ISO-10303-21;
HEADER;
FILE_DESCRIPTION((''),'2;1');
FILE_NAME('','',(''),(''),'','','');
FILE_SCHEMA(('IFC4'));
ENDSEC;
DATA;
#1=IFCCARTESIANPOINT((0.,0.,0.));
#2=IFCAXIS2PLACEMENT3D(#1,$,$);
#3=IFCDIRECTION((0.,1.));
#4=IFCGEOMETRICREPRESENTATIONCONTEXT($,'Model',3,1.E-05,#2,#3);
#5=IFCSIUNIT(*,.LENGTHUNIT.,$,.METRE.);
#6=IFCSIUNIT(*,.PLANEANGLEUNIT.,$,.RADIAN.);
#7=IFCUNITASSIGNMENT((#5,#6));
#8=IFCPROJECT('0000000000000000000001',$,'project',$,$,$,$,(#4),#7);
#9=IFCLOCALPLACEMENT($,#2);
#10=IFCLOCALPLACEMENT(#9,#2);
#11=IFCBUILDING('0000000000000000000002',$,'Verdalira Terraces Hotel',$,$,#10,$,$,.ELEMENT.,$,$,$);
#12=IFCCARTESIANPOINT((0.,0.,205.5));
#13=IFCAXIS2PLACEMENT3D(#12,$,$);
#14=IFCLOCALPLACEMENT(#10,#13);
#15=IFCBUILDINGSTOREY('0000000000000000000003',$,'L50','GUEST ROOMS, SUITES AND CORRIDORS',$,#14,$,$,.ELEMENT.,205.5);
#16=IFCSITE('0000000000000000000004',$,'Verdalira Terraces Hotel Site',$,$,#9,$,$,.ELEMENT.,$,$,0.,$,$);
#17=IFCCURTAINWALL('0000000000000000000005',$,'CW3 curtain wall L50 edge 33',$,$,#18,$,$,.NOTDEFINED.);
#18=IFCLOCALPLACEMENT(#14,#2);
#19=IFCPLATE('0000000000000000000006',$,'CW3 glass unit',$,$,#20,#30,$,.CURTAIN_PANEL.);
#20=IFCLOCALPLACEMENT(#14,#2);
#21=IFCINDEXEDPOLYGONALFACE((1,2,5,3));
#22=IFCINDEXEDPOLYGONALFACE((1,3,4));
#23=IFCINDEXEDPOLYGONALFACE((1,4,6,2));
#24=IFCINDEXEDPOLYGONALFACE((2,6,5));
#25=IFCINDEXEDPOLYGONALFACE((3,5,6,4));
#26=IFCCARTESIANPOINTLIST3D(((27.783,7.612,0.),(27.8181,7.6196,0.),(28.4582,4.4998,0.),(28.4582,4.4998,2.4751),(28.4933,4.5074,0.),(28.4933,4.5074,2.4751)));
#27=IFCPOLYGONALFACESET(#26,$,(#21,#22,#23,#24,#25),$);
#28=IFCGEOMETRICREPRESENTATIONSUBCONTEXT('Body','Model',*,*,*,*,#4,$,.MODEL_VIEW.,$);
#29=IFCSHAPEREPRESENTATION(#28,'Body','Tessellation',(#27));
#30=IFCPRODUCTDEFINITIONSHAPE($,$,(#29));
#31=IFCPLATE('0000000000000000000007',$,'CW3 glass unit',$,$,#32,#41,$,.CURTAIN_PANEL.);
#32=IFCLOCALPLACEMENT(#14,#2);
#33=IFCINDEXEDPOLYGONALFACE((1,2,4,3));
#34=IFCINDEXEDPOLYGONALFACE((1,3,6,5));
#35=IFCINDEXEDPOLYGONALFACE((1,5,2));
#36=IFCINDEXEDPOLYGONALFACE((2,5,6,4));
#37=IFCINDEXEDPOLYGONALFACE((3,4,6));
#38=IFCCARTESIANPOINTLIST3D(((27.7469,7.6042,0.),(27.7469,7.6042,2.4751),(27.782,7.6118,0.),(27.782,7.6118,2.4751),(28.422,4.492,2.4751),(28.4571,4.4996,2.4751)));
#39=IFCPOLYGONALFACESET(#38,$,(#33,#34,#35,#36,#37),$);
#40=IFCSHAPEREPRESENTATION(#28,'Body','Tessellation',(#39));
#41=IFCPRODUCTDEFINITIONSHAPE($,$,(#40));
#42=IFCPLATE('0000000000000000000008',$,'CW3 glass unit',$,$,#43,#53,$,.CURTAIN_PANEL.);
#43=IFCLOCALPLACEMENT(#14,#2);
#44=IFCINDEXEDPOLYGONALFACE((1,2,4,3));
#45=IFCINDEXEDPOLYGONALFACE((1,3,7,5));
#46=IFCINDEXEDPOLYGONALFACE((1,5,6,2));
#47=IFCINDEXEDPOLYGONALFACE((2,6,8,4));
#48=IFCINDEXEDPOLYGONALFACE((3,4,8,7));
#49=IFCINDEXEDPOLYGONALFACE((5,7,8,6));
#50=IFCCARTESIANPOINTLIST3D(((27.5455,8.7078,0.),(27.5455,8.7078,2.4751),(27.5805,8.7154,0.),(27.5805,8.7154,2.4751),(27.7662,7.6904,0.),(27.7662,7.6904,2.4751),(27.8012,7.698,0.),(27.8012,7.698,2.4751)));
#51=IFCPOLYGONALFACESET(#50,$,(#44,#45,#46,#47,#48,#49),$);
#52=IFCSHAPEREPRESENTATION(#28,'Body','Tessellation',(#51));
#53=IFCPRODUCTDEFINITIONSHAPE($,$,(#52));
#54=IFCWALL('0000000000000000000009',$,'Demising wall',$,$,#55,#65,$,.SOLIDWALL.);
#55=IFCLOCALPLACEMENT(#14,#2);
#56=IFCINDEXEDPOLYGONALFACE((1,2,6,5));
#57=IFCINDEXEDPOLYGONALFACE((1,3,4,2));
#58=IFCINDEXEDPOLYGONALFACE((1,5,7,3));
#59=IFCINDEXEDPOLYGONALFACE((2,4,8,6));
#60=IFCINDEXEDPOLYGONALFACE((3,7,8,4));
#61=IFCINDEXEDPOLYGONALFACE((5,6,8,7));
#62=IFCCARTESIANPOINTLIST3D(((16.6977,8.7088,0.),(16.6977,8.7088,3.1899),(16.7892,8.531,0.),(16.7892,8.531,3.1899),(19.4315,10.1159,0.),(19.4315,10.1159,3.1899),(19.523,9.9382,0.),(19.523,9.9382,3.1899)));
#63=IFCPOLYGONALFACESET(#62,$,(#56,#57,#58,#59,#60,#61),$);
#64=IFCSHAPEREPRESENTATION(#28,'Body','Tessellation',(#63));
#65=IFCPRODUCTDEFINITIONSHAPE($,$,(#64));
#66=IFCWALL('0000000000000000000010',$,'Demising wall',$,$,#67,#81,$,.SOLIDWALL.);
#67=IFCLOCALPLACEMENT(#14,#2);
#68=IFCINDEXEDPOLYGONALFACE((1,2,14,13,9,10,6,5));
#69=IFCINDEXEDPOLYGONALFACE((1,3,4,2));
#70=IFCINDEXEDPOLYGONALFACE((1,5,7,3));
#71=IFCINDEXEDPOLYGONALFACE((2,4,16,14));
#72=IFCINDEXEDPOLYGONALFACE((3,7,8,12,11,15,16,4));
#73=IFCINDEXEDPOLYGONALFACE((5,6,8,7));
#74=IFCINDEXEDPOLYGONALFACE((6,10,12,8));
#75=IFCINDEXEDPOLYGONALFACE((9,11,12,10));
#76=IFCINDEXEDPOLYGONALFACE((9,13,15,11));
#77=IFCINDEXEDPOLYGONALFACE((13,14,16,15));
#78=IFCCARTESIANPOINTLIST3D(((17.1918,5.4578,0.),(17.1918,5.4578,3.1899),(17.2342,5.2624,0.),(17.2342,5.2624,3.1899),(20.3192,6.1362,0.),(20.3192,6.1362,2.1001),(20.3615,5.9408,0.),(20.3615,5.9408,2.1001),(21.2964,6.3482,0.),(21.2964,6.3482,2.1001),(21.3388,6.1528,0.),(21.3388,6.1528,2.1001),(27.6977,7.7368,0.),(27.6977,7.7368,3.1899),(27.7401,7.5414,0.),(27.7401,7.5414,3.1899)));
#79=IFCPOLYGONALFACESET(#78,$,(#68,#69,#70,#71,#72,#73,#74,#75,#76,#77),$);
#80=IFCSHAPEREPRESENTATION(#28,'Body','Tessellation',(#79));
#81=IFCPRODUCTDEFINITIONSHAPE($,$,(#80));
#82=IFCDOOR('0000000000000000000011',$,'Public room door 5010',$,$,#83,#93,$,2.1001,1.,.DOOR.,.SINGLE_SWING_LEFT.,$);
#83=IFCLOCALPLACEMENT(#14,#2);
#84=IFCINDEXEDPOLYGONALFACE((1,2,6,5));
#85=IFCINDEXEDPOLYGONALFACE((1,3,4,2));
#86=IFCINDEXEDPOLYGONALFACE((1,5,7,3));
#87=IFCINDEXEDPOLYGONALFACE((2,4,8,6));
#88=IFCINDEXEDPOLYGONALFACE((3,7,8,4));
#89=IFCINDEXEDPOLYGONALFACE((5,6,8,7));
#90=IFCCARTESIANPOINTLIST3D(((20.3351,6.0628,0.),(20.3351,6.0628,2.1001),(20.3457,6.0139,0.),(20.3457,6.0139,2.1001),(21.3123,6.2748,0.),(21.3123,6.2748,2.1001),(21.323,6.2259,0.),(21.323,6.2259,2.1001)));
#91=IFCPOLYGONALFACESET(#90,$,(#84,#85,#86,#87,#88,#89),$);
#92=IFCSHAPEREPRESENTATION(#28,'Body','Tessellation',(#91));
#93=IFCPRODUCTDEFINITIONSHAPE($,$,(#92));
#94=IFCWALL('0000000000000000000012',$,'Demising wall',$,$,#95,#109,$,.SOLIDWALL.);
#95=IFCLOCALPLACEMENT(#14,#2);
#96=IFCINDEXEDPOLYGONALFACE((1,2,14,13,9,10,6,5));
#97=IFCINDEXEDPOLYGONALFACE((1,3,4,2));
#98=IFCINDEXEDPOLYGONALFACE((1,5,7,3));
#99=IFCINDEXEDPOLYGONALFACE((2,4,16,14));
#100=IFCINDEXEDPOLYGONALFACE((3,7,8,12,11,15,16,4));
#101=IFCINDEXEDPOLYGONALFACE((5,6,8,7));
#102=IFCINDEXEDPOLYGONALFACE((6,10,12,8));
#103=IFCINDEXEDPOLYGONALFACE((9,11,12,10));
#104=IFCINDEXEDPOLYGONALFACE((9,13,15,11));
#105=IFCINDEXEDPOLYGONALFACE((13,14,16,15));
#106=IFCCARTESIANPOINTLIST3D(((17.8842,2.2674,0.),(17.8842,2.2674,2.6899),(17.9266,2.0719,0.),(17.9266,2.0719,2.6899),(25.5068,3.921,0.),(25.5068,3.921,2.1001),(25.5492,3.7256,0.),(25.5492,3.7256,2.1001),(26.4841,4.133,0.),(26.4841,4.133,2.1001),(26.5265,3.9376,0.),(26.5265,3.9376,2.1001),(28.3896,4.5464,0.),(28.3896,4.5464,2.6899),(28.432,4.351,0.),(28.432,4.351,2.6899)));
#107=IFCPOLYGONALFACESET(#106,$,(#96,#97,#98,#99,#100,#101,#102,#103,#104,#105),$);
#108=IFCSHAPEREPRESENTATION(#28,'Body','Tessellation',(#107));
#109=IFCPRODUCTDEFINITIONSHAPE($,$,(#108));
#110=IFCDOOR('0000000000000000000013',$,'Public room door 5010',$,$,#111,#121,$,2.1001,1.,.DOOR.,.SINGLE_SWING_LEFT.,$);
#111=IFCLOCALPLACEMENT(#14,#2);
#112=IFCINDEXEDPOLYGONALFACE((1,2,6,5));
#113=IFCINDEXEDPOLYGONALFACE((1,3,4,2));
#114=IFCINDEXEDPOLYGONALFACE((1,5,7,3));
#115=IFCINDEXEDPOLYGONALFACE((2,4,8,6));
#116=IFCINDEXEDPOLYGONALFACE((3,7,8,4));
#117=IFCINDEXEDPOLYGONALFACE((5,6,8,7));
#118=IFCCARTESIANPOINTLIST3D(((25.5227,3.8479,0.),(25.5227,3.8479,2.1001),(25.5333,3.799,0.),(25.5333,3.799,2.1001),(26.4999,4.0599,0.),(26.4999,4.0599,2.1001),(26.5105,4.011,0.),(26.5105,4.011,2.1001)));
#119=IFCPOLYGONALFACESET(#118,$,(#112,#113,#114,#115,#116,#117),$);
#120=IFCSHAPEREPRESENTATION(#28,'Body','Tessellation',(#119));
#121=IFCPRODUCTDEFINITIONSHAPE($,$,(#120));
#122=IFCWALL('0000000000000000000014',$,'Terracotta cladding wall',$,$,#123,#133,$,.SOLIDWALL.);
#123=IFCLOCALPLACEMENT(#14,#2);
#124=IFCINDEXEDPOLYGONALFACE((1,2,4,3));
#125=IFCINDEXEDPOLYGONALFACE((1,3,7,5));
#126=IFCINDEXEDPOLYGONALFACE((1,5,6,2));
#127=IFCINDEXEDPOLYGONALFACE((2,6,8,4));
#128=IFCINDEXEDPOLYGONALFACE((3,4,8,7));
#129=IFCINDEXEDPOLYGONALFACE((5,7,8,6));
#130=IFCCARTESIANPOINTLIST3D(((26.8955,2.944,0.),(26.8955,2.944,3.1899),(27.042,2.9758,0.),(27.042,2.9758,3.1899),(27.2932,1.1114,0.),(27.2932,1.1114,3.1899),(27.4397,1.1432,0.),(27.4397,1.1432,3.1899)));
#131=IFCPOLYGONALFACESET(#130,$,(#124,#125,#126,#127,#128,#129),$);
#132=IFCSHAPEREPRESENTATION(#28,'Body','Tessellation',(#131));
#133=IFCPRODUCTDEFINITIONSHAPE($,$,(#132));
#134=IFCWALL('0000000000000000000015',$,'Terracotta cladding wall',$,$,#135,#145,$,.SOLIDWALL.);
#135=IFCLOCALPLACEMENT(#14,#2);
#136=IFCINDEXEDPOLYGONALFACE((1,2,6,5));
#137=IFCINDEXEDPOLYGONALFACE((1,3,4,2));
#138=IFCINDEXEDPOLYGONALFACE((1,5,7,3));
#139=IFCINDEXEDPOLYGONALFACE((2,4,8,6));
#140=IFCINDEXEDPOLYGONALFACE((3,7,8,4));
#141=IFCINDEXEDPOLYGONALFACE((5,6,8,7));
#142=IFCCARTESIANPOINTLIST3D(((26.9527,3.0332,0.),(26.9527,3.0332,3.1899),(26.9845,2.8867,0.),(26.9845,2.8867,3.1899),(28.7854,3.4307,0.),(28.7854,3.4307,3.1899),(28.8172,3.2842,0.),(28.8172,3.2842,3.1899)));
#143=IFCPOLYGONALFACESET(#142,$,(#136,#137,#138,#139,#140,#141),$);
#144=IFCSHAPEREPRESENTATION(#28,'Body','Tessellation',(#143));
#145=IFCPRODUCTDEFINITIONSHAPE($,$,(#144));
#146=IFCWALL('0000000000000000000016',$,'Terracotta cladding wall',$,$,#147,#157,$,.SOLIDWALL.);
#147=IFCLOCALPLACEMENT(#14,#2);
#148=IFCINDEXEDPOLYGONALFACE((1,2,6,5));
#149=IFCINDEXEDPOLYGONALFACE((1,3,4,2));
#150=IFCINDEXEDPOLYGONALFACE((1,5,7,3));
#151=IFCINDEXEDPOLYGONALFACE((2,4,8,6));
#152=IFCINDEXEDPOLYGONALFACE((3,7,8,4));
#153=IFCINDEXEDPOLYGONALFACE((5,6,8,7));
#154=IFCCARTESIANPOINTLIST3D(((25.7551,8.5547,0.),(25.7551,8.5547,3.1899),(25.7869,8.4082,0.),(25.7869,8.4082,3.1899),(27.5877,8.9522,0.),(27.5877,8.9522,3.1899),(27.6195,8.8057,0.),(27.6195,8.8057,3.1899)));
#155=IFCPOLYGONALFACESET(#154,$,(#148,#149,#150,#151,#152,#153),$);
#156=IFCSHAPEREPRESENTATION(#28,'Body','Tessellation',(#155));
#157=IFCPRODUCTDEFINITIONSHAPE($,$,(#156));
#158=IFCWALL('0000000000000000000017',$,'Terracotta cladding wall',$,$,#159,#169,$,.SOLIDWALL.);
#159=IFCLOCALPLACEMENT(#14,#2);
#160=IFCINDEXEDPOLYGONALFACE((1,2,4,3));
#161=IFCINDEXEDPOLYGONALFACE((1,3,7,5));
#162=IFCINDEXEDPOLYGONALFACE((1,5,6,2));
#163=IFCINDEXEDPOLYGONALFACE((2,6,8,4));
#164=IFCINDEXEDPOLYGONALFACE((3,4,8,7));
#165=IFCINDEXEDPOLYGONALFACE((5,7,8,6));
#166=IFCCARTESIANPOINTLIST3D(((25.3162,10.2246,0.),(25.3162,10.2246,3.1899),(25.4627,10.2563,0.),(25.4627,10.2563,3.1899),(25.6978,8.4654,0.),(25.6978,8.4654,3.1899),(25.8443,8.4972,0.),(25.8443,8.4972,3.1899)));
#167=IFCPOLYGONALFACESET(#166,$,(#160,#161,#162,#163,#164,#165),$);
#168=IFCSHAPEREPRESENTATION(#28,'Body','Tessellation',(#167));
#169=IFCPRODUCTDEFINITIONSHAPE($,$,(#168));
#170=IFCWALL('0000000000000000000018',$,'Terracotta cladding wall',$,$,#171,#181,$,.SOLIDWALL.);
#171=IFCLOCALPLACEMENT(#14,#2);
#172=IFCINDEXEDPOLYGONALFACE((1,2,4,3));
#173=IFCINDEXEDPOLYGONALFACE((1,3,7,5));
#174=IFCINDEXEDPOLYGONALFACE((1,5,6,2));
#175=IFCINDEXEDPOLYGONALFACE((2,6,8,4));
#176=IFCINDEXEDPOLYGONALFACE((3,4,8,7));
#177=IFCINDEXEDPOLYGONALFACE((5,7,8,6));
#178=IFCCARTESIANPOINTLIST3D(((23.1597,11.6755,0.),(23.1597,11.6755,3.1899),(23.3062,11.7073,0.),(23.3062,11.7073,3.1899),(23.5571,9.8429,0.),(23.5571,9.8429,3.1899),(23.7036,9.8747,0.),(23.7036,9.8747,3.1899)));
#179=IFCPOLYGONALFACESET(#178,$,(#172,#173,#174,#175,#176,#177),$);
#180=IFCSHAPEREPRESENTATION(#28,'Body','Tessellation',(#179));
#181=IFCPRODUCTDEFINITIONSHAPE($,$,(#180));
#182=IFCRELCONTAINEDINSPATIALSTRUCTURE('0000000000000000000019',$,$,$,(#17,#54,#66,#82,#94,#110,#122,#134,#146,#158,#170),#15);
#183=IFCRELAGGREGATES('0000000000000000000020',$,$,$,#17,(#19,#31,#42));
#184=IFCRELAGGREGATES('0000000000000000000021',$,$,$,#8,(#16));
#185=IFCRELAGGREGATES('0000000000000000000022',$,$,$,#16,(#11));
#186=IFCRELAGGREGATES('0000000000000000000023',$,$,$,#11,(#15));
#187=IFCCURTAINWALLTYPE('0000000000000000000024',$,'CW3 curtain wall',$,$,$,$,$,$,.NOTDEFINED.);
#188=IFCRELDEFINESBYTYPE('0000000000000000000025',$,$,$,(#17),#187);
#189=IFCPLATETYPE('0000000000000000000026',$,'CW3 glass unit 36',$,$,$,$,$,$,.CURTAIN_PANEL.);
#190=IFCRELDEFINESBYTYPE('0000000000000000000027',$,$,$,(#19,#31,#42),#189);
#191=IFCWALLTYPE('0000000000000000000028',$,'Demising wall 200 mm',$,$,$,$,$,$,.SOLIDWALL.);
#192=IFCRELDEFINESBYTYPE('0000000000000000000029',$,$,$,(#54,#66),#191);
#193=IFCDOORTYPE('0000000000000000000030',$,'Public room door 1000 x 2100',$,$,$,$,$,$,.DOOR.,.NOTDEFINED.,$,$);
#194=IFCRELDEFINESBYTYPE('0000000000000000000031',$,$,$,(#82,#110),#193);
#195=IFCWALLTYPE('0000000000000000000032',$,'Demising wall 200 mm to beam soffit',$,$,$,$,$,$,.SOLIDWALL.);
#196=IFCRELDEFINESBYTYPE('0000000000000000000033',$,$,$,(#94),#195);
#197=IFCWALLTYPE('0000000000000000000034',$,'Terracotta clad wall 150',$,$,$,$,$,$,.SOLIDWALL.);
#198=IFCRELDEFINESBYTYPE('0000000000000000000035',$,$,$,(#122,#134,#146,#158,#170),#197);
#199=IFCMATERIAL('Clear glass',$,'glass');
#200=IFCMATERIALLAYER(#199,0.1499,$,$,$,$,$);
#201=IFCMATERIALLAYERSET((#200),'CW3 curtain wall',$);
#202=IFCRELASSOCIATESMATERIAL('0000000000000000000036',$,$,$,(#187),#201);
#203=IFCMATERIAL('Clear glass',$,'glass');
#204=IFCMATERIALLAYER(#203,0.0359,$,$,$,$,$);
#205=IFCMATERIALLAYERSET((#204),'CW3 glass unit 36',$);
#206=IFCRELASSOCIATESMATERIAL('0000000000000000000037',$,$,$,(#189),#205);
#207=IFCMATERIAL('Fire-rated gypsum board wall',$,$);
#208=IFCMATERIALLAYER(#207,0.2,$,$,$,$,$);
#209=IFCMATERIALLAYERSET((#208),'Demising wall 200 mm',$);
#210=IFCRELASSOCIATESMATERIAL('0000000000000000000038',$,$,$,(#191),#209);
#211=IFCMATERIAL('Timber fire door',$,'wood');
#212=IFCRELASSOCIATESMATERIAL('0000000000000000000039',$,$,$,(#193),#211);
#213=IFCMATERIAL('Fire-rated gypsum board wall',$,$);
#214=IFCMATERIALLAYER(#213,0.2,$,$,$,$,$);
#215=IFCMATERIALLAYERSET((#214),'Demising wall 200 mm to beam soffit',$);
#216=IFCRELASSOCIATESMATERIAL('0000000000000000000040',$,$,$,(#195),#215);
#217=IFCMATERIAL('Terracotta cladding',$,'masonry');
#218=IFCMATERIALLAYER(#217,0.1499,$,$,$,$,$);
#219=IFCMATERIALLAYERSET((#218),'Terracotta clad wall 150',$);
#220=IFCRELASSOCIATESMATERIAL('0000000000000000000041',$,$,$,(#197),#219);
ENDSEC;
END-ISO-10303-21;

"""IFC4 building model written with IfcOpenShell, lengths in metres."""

from ifc_helpers import new_model, si_unit, direction, frame, frame_2d, origin, origin_2d, place, context, subcontext, project, spatial, polyline, rectangle, outline, extrude, material, layer, layer_set, type_object, element, fill, aggregate, save


model = new_model("IFC4")

# Units and contexts
model_context = context("Model", 3, precision=1e-05, world=origin(), true_north=direction((0.0, 1.0)))
body_context = subcontext(model_context, "Body", "Model", "MODEL_VIEW")
ifc_project = project(units=[si_unit("LENGTHUNIT", "METRE"), si_unit("PLANEANGLEUNIT", "RADIAN")], contexts=[model_context])

# Site, building, storey
site_placement = place(None, origin())
site = spatial("IfcSite", under=ifc_project, at=site_placement, Name="Verdalira Terraces Hotel Site", CompositionType="ELEMENT", RefElevation=0.0)
building_placement = place(site_placement, origin())
building = spatial("IfcBuilding", under=site, at=building_placement, Name="Verdalira Terraces Hotel", CompositionType="ELEMENT")
storey_placement = place(building_placement, frame((0.0, 0.0, 205.5)))
storey = spatial("IfcBuildingStorey", under=building, at=storey_placement, Name="L50", Description="GUEST ROOMS, SUITES AND CORRIDORS", CompositionType="ELEMENT", Elevation=205.5)

# Curtain wall
ifc_material_1 = material(Name="Clear glass", Category="glass")
ifc_layer_1 = layer(ifc_material_1, 0.1499)
ifc_layer_set_1 = layer_set([ifc_layer_1], Name="CW3 curtain wall")
curtain_wall_type = type_object("IfcCurtainWallType", Name="CW3 curtain wall", PredefinedType="NOTDEFINED", material=ifc_layer_set_1)
curtain_wall_placement = place(storey_placement, origin())
curtain_wall = element("IfcCurtainWall", 1, at=curtain_wall_placement, inside=storey, type_object=curtain_wall_type, Name="CW3 curtain wall L50 edge 33", PredefinedType="NOTDEFINED")

# Plates
ifc_material_2 = material(Name="Clear glass", Category="glass")
ifc_layer_2 = layer(ifc_material_2, 0.0359)
ifc_layer_set_2 = layer_set([ifc_layer_2], Name="CW3 glass unit 36")
plate_type = type_object("IfcPlateType", Name="CW3 glass unit 36", PredefinedType="CURTAIN_PANEL", material=ifc_layer_set_2)
plate_1_placement = place(storey_placement, frame((28.1206, 6.0559, 1.2375), z_axis=(0.977268, 0.212007, 0.0), x_axis=(-0.212007, 0.977268, 0.0)))
plate_1 = element("IfcPlate", 2, at=plate_1_placement, type_object=plate_type, Name="CW3 glass unit", PredefinedType="CURTAIN_PANEL", context=body_context, shape_type="SweptSolid", body=[
    extrude(outline(polyline([(-1.5923, -1.2375), (1.5923, -1.2375), (-1.5923, 1.2375), (-1.5923, -1.2375)])), origin(), (0.0, 0.0, 1.0), 0.0359),
])
plate_2_placement = place(storey_placement, frame((28.0845, 6.0481, 1.2375), z_axis=(0.977268, 0.212007, 0.0), x_axis=(-0.212007, 0.977268, 0.0)))
plate_2 = element("IfcPlate", 3, at=plate_2_placement, type_object=plate_type, Name="CW3 glass unit", PredefinedType="CURTAIN_PANEL", context=body_context, shape_type="SweptSolid", body=[
    extrude(outline(polyline([(1.5923, -1.2375), (1.5923, 1.2375), (-1.5923, 1.2375), (1.5923, -1.2375)])), origin(), (0.0, 0.0, 1.0), 0.0359),
])
plate_3_placement = place(storey_placement, frame((27.6733, 8.2029, 0.0), z_axis=(0.0, 0.0, 1.0), x_axis=(-0.212007, 0.977268, 0.0)))
plate_3 = element("IfcPlate", 4, at=plate_3_placement, type_object=plate_type, Name="CW3 glass unit", PredefinedType="CURTAIN_PANEL", context=body_context, shape_type="SweptSolid", body=[
    extrude(rectangle(XDim=1.041, YDim=0.0359, at=origin_2d()), origin(), (0.0, 0.0, 1.0), 2.4751),
])
aggregate(curtain_wall, [plate_1, plate_2, plate_3])

# Wall
ifc_material_3 = material(Name="Fire-rated gypsum board wall")
ifc_layer_3 = layer(ifc_material_3, 0.2)
ifc_layer_set_3 = layer_set([ifc_layer_3], Name="Demising wall 200 mm")
wall_type_1 = type_object("IfcWallType", Name="Demising wall 200 mm", PredefinedType="SOLIDWALL", material=ifc_layer_set_3)
wall_1_placement = place(storey_placement, frame((16.7434, 8.6199, 0.0), z_axis=(0.0, 0.0, 1.0), x_axis=(0.889125, 0.457664, 0.0)))
element("IfcWall", 5, at=wall_1_placement, inside=storey, type_object=wall_type_1, Name="Demising wall", PredefinedType="SOLIDWALL", context=body_context, shape_type="SweptSolid", body=[
    extrude(rectangle(XDim=3.0747, YDim=0.2, at=frame_2d((1.5374, 0.0))), origin(), (0.0, 0.0, 1.0), 3.1899),
])

# Walls, openings, doors
wall_2_placement = place(storey_placement, frame((17.2131, 5.3601, 0.0), z_axis=(0.0, 0.0, 1.0), x_axis=(0.97727, 0.212001, 0.0)))
wall_2 = element("IfcWall", 6, at=wall_2_placement, inside=storey, type_object=wall_type_1, Name="Demising wall", PredefinedType="SOLIDWALL", context=body_context, shape_type="SweptSolid", body=[
    extrude(rectangle(XDim=10.7502, YDim=0.2, at=frame_2d((5.375, 0.0))), origin(), (0.0, 0.0, 1.0), 3.1899),
])
opening_1_placement = place(wall_2_placement, frame((3.2, 0.0, 0.0)))
opening_1 = element("IfcOpeningElement", 7, at=opening_1_placement, cuts=wall_2, PredefinedType="OPENING", context=body_context, shape_type="SweptSolid", body=[
    extrude(rectangle(XDim=1.0, YDim=2.1001, at=frame_2d((0.5, 1.05))), frame((0.0, 0.1099, 0.0), z_axis=(0.0, -1.0, 0.0), x_axis=(1.0, 0.0, 0.0)), (0.0, 0.0, 1.0), 0.22),
])
ifc_material_4 = material(Name="Timber fire door", Category="wood")
door_type = type_object("IfcDoorType", Name="Public room door 1000 x 2100", OperationType="NOTDEFINED", PredefinedType="DOOR", material=ifc_material_4)
door_1_placement = place(opening_1_placement, origin())
door_1 = element("IfcDoor", 8, at=door_1_placement, inside=storey, type_object=door_type, Name="Public room door 5010", OperationType="SINGLE_SWING_LEFT", OverallHeight=2.1001, OverallWidth=1.0, PredefinedType="DOOR", context=body_context, shape_type="SweptSolid", body=[
    extrude(rectangle(XDim=1.0, YDim=2.1001, at=frame_2d((0.5, 1.05))), frame((0.0, 0.0249, 0.0), z_axis=(0.0, -1.0, 0.0), x_axis=(1.0, 0.0, 0.0)), (0.0, 0.0, 1.0), 0.05),
])
fill(opening_1, door_1)
ifc_material_5 = material(Name="Fire-rated gypsum board wall")
ifc_layer_4 = layer(ifc_material_5, 0.2)
ifc_layer_set_4 = layer_set([ifc_layer_4], Name="Demising wall 200 mm to beam soffit")
wall_type_2 = type_object("IfcWallType", Name="Demising wall 200 mm to beam soffit", PredefinedType="SOLIDWALL", material=ifc_layer_set_4)
wall_3_placement = place(storey_placement, frame((28.4109, 4.4487, 0.0), z_axis=(0.0, 0.0, 1.0), x_axis=(-0.977267, -0.21201, 0.0)))
wall_3 = element("IfcWall", 9, at=wall_3_placement, inside=storey, type_object=wall_type_2, Name="Demising wall", PredefinedType="SOLIDWALL", context=body_context, shape_type="SweptSolid", body=[
    extrude(rectangle(XDim=10.7498, YDim=0.2, at=frame_2d((5.375, 0.0))), origin(), (0.0, 0.0, 1.0), 2.6899),
])
opening_2_placement = place(wall_3_placement, frame((1.95, 0.0, 0.0)))
opening_2 = element("IfcOpeningElement", 10, at=opening_2_placement, cuts=wall_3, PredefinedType="OPENING", context=body_context, shape_type="SweptSolid", body=[
    extrude(rectangle(XDim=1.0, YDim=2.1001, at=frame_2d((0.5, 1.05))), frame((0.0, 0.1099, 0.0), z_axis=(0.0, -1.0, 0.0), x_axis=(1.0, 0.0, 0.0)), (0.0, 0.0, 1.0), 0.22),
])
door_2_placement = place(opening_2_placement, origin())
door_2 = element("IfcDoor", 11, at=door_2_placement, inside=storey, type_object=door_type, Name="Public room door 5010", OperationType="SINGLE_SWING_LEFT", OverallHeight=2.1001, OverallWidth=1.0, PredefinedType="DOOR", context=body_context, shape_type="SweptSolid", body=[
    extrude(rectangle(XDim=1.0, YDim=2.1001, at=frame_2d((0.5, 1.05))), frame((0.0, 0.0249, 0.0), z_axis=(0.0, -1.0, 0.0), x_axis=(1.0, 0.0, 0.0)), (0.0, 0.0, 1.0), 0.05),
])
fill(opening_2, door_2)

# Walls
ifc_material_6 = material(Name="Terracotta cladding", Category="masonry")
ifc_layer_5 = layer(ifc_material_6, 0.1499)
ifc_layer_set_5 = layer_set([ifc_layer_5], Name="Terracotta clad wall 150")
wall_type_3 = type_object("IfcWallType", Name="Terracotta clad wall 150", PredefinedType="SOLIDWALL", material=ifc_layer_set_5)
for number, where, z_axis, x_axis, name in (
    (12, (27.3665, 1.1274, 0.0), (0.0, 0.0, 1.0), (-0.212089, 0.97725, 0.0), "Terracotta cladding wall"),
    (13, (26.9688, 2.96, 0.0), (0.0, 0.0, 1.0), (0.977277, 0.211965, 0.0), "Terracotta cladding wall"),
    (14, (27.6035, 8.8789, 0.0), (0.0, 0.0, 1.0), (-0.977277, -0.211965, 0.0), "Terracotta cladding wall"),
):
    element("IfcWall", number, at=place(storey_placement, frame(where, z_axis=z_axis, x_axis=x_axis)), inside=storey, type_object=wall_type_3, Name=name, PredefinedType="SOLIDWALL", context=body_context, shape_type="SweptSolid", body=[
        extrude(rectangle(XDim=1.8752, YDim=0.1499, at=frame_2d((0.9375, 0.0))), origin(), (0.0, 0.0, 1.0), 3.1899),
    ])
wall_4_placement = place(storey_placement, frame((25.771, 8.4814, 0.0), z_axis=(0.0, 0.0, 1.0), x_axis=(-0.212002, 0.977269, 0.0)))
element("IfcWall", 15, at=wall_4_placement, inside=storey, type_object=wall_type_3, Name="Terracotta cladding wall", PredefinedType="SOLIDWALL", context=body_context, shape_type="SweptSolid", body=[
    extrude(rectangle(XDim=1.8, YDim=0.1499, at=frame_2d((0.8999, 0.0))), origin(), (0.0, 0.0, 1.0), 3.1899),
])
wall_5_placement = place(storey_placement, frame((23.6304, 9.8589, 0.0), z_axis=(0.0, 0.0, 1.0), x_axis=(-0.211965, 0.977277, 0.0)))
element("IfcWall", 16, at=wall_5_placement, inside=storey, type_object=wall_type_3, Name="Terracotta cladding wall", PredefinedType="SOLIDWALL", context=body_context, shape_type="SweptSolid", body=[
    extrude(rectangle(XDim=1.8752, YDim=0.1499, at=frame_2d((0.9375, 0.0))), origin(), (0.0, 0.0, 1.0), 3.1899),
])

save(model, "model.ifc")
